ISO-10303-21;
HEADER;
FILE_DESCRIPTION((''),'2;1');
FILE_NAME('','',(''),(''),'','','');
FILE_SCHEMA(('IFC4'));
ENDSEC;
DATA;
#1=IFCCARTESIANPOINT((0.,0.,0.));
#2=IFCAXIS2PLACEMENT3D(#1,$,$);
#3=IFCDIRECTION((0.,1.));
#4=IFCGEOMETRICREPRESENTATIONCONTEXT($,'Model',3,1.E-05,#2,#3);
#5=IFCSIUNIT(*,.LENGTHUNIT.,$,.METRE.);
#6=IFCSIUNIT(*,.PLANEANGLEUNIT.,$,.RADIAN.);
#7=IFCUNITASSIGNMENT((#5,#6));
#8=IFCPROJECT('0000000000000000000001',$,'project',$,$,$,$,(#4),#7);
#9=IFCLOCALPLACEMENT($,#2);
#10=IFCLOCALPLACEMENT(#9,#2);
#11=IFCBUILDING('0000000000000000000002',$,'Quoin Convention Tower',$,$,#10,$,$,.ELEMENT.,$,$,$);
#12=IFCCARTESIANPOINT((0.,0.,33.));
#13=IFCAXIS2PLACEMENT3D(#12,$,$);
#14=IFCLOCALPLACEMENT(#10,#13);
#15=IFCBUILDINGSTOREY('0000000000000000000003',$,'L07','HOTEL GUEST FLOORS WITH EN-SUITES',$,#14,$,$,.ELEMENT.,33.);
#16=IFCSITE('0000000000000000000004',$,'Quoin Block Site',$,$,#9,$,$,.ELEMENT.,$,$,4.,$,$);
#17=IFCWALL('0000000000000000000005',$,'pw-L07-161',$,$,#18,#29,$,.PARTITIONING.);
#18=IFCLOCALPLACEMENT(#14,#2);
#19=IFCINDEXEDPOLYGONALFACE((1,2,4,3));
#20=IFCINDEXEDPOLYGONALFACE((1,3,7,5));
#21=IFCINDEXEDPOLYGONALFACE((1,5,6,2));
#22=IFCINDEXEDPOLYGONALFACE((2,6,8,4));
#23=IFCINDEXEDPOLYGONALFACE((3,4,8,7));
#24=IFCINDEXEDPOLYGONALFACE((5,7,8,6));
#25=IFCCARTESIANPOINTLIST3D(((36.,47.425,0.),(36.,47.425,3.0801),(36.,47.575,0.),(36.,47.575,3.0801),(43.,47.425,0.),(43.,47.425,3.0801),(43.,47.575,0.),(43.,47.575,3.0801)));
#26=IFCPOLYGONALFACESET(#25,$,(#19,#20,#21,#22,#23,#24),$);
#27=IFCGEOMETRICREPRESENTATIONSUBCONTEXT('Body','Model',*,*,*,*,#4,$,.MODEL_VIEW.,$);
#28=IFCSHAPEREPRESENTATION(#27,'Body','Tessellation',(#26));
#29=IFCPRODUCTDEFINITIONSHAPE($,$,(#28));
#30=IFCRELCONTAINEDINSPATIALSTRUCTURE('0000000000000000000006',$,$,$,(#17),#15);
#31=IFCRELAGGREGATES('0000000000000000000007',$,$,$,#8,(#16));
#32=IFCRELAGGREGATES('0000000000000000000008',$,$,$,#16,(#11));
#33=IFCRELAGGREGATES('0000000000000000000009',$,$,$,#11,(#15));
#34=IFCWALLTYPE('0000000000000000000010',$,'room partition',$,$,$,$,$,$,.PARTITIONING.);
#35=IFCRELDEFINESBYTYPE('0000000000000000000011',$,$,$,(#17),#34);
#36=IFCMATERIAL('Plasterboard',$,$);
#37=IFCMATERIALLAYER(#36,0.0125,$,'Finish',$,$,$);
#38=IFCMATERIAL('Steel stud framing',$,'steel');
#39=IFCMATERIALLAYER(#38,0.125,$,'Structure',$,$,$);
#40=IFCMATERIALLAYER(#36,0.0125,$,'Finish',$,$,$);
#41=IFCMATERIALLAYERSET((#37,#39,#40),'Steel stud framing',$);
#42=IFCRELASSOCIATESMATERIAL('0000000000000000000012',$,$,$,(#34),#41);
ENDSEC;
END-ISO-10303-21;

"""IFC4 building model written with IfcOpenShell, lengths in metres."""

from ifc_helpers import new_model, si_unit, direction, frame, frame_2d, origin, place, context, subcontext, project, spatial, rectangle, extrude, material, layer, layer_set, type_object, element, save


model = new_model("IFC4")

# Units and contexts
model_context = context("Model", 3, precision=1e-05, world=origin(), true_north=direction((0.0, 1.0)))
body_context = subcontext(model_context, "Body", "Model", "MODEL_VIEW")
ifc_project = project(units=[si_unit("LENGTHUNIT", "METRE"), si_unit("PLANEANGLEUNIT", "RADIAN")], contexts=[model_context])

# Site, building, storey
site_placement = place(None, origin())
site = spatial("IfcSite", under=ifc_project, at=site_placement, Name="Quoin Block Site", CompositionType="ELEMENT", RefElevation=4.0)
building_placement = place(site_placement, origin())
building = spatial("IfcBuilding", under=site, at=building_placement, Name="Quoin Convention Tower", CompositionType="ELEMENT")
storey_placement = place(building_placement, frame((0.0, 0.0, 33.0)))
storey = spatial("IfcBuildingStorey", under=building, at=storey_placement, Name="L07", Description="HOTEL GUEST FLOORS WITH EN-SUITES", CompositionType="ELEMENT", Elevation=33.0)

# Shared definitions
ifc_material_1 = material(Name="Plasterboard")
ifc_material_2 = material(Name="Steel stud framing", Category="steel")

# Wall
ifc_layer_1 = layer(ifc_material_1, 0.0125, Name="Finish")
ifc_layer_2 = layer(ifc_material_2, 0.125, Name="Structure")
ifc_layer_3 = layer(ifc_material_1, 0.0125, Name="Finish")
ifc_layer_set_1 = layer_set([ifc_layer_1, ifc_layer_2, ifc_layer_3], Name="Steel stud framing")
wall_type_1 = type_object("IfcWallType", Name="room partition", PredefinedType="PARTITIONING", material=ifc_layer_set_1)
wall_1_placement = place(storey_placement, frame((36.0, 47.5, 0.0), z_axis=(0.0, 0.0, 1.0), x_axis=(1.0, 0.0, 0.0)))
element("IfcWall", 1, at=wall_1_placement, inside=storey, type_object=wall_type_1, Name="pw-L07-161", PredefinedType="PARTITIONING", context=body_context, shape_type="SweptSolid", body=[
    extrude(rectangle(XDim=7.0, YDim=0.1499, at=frame_2d((3.5, 0.0))), origin(), (0.0, 0.0, 1.0), 3.0801),
])

save(model, "model.ifc")
